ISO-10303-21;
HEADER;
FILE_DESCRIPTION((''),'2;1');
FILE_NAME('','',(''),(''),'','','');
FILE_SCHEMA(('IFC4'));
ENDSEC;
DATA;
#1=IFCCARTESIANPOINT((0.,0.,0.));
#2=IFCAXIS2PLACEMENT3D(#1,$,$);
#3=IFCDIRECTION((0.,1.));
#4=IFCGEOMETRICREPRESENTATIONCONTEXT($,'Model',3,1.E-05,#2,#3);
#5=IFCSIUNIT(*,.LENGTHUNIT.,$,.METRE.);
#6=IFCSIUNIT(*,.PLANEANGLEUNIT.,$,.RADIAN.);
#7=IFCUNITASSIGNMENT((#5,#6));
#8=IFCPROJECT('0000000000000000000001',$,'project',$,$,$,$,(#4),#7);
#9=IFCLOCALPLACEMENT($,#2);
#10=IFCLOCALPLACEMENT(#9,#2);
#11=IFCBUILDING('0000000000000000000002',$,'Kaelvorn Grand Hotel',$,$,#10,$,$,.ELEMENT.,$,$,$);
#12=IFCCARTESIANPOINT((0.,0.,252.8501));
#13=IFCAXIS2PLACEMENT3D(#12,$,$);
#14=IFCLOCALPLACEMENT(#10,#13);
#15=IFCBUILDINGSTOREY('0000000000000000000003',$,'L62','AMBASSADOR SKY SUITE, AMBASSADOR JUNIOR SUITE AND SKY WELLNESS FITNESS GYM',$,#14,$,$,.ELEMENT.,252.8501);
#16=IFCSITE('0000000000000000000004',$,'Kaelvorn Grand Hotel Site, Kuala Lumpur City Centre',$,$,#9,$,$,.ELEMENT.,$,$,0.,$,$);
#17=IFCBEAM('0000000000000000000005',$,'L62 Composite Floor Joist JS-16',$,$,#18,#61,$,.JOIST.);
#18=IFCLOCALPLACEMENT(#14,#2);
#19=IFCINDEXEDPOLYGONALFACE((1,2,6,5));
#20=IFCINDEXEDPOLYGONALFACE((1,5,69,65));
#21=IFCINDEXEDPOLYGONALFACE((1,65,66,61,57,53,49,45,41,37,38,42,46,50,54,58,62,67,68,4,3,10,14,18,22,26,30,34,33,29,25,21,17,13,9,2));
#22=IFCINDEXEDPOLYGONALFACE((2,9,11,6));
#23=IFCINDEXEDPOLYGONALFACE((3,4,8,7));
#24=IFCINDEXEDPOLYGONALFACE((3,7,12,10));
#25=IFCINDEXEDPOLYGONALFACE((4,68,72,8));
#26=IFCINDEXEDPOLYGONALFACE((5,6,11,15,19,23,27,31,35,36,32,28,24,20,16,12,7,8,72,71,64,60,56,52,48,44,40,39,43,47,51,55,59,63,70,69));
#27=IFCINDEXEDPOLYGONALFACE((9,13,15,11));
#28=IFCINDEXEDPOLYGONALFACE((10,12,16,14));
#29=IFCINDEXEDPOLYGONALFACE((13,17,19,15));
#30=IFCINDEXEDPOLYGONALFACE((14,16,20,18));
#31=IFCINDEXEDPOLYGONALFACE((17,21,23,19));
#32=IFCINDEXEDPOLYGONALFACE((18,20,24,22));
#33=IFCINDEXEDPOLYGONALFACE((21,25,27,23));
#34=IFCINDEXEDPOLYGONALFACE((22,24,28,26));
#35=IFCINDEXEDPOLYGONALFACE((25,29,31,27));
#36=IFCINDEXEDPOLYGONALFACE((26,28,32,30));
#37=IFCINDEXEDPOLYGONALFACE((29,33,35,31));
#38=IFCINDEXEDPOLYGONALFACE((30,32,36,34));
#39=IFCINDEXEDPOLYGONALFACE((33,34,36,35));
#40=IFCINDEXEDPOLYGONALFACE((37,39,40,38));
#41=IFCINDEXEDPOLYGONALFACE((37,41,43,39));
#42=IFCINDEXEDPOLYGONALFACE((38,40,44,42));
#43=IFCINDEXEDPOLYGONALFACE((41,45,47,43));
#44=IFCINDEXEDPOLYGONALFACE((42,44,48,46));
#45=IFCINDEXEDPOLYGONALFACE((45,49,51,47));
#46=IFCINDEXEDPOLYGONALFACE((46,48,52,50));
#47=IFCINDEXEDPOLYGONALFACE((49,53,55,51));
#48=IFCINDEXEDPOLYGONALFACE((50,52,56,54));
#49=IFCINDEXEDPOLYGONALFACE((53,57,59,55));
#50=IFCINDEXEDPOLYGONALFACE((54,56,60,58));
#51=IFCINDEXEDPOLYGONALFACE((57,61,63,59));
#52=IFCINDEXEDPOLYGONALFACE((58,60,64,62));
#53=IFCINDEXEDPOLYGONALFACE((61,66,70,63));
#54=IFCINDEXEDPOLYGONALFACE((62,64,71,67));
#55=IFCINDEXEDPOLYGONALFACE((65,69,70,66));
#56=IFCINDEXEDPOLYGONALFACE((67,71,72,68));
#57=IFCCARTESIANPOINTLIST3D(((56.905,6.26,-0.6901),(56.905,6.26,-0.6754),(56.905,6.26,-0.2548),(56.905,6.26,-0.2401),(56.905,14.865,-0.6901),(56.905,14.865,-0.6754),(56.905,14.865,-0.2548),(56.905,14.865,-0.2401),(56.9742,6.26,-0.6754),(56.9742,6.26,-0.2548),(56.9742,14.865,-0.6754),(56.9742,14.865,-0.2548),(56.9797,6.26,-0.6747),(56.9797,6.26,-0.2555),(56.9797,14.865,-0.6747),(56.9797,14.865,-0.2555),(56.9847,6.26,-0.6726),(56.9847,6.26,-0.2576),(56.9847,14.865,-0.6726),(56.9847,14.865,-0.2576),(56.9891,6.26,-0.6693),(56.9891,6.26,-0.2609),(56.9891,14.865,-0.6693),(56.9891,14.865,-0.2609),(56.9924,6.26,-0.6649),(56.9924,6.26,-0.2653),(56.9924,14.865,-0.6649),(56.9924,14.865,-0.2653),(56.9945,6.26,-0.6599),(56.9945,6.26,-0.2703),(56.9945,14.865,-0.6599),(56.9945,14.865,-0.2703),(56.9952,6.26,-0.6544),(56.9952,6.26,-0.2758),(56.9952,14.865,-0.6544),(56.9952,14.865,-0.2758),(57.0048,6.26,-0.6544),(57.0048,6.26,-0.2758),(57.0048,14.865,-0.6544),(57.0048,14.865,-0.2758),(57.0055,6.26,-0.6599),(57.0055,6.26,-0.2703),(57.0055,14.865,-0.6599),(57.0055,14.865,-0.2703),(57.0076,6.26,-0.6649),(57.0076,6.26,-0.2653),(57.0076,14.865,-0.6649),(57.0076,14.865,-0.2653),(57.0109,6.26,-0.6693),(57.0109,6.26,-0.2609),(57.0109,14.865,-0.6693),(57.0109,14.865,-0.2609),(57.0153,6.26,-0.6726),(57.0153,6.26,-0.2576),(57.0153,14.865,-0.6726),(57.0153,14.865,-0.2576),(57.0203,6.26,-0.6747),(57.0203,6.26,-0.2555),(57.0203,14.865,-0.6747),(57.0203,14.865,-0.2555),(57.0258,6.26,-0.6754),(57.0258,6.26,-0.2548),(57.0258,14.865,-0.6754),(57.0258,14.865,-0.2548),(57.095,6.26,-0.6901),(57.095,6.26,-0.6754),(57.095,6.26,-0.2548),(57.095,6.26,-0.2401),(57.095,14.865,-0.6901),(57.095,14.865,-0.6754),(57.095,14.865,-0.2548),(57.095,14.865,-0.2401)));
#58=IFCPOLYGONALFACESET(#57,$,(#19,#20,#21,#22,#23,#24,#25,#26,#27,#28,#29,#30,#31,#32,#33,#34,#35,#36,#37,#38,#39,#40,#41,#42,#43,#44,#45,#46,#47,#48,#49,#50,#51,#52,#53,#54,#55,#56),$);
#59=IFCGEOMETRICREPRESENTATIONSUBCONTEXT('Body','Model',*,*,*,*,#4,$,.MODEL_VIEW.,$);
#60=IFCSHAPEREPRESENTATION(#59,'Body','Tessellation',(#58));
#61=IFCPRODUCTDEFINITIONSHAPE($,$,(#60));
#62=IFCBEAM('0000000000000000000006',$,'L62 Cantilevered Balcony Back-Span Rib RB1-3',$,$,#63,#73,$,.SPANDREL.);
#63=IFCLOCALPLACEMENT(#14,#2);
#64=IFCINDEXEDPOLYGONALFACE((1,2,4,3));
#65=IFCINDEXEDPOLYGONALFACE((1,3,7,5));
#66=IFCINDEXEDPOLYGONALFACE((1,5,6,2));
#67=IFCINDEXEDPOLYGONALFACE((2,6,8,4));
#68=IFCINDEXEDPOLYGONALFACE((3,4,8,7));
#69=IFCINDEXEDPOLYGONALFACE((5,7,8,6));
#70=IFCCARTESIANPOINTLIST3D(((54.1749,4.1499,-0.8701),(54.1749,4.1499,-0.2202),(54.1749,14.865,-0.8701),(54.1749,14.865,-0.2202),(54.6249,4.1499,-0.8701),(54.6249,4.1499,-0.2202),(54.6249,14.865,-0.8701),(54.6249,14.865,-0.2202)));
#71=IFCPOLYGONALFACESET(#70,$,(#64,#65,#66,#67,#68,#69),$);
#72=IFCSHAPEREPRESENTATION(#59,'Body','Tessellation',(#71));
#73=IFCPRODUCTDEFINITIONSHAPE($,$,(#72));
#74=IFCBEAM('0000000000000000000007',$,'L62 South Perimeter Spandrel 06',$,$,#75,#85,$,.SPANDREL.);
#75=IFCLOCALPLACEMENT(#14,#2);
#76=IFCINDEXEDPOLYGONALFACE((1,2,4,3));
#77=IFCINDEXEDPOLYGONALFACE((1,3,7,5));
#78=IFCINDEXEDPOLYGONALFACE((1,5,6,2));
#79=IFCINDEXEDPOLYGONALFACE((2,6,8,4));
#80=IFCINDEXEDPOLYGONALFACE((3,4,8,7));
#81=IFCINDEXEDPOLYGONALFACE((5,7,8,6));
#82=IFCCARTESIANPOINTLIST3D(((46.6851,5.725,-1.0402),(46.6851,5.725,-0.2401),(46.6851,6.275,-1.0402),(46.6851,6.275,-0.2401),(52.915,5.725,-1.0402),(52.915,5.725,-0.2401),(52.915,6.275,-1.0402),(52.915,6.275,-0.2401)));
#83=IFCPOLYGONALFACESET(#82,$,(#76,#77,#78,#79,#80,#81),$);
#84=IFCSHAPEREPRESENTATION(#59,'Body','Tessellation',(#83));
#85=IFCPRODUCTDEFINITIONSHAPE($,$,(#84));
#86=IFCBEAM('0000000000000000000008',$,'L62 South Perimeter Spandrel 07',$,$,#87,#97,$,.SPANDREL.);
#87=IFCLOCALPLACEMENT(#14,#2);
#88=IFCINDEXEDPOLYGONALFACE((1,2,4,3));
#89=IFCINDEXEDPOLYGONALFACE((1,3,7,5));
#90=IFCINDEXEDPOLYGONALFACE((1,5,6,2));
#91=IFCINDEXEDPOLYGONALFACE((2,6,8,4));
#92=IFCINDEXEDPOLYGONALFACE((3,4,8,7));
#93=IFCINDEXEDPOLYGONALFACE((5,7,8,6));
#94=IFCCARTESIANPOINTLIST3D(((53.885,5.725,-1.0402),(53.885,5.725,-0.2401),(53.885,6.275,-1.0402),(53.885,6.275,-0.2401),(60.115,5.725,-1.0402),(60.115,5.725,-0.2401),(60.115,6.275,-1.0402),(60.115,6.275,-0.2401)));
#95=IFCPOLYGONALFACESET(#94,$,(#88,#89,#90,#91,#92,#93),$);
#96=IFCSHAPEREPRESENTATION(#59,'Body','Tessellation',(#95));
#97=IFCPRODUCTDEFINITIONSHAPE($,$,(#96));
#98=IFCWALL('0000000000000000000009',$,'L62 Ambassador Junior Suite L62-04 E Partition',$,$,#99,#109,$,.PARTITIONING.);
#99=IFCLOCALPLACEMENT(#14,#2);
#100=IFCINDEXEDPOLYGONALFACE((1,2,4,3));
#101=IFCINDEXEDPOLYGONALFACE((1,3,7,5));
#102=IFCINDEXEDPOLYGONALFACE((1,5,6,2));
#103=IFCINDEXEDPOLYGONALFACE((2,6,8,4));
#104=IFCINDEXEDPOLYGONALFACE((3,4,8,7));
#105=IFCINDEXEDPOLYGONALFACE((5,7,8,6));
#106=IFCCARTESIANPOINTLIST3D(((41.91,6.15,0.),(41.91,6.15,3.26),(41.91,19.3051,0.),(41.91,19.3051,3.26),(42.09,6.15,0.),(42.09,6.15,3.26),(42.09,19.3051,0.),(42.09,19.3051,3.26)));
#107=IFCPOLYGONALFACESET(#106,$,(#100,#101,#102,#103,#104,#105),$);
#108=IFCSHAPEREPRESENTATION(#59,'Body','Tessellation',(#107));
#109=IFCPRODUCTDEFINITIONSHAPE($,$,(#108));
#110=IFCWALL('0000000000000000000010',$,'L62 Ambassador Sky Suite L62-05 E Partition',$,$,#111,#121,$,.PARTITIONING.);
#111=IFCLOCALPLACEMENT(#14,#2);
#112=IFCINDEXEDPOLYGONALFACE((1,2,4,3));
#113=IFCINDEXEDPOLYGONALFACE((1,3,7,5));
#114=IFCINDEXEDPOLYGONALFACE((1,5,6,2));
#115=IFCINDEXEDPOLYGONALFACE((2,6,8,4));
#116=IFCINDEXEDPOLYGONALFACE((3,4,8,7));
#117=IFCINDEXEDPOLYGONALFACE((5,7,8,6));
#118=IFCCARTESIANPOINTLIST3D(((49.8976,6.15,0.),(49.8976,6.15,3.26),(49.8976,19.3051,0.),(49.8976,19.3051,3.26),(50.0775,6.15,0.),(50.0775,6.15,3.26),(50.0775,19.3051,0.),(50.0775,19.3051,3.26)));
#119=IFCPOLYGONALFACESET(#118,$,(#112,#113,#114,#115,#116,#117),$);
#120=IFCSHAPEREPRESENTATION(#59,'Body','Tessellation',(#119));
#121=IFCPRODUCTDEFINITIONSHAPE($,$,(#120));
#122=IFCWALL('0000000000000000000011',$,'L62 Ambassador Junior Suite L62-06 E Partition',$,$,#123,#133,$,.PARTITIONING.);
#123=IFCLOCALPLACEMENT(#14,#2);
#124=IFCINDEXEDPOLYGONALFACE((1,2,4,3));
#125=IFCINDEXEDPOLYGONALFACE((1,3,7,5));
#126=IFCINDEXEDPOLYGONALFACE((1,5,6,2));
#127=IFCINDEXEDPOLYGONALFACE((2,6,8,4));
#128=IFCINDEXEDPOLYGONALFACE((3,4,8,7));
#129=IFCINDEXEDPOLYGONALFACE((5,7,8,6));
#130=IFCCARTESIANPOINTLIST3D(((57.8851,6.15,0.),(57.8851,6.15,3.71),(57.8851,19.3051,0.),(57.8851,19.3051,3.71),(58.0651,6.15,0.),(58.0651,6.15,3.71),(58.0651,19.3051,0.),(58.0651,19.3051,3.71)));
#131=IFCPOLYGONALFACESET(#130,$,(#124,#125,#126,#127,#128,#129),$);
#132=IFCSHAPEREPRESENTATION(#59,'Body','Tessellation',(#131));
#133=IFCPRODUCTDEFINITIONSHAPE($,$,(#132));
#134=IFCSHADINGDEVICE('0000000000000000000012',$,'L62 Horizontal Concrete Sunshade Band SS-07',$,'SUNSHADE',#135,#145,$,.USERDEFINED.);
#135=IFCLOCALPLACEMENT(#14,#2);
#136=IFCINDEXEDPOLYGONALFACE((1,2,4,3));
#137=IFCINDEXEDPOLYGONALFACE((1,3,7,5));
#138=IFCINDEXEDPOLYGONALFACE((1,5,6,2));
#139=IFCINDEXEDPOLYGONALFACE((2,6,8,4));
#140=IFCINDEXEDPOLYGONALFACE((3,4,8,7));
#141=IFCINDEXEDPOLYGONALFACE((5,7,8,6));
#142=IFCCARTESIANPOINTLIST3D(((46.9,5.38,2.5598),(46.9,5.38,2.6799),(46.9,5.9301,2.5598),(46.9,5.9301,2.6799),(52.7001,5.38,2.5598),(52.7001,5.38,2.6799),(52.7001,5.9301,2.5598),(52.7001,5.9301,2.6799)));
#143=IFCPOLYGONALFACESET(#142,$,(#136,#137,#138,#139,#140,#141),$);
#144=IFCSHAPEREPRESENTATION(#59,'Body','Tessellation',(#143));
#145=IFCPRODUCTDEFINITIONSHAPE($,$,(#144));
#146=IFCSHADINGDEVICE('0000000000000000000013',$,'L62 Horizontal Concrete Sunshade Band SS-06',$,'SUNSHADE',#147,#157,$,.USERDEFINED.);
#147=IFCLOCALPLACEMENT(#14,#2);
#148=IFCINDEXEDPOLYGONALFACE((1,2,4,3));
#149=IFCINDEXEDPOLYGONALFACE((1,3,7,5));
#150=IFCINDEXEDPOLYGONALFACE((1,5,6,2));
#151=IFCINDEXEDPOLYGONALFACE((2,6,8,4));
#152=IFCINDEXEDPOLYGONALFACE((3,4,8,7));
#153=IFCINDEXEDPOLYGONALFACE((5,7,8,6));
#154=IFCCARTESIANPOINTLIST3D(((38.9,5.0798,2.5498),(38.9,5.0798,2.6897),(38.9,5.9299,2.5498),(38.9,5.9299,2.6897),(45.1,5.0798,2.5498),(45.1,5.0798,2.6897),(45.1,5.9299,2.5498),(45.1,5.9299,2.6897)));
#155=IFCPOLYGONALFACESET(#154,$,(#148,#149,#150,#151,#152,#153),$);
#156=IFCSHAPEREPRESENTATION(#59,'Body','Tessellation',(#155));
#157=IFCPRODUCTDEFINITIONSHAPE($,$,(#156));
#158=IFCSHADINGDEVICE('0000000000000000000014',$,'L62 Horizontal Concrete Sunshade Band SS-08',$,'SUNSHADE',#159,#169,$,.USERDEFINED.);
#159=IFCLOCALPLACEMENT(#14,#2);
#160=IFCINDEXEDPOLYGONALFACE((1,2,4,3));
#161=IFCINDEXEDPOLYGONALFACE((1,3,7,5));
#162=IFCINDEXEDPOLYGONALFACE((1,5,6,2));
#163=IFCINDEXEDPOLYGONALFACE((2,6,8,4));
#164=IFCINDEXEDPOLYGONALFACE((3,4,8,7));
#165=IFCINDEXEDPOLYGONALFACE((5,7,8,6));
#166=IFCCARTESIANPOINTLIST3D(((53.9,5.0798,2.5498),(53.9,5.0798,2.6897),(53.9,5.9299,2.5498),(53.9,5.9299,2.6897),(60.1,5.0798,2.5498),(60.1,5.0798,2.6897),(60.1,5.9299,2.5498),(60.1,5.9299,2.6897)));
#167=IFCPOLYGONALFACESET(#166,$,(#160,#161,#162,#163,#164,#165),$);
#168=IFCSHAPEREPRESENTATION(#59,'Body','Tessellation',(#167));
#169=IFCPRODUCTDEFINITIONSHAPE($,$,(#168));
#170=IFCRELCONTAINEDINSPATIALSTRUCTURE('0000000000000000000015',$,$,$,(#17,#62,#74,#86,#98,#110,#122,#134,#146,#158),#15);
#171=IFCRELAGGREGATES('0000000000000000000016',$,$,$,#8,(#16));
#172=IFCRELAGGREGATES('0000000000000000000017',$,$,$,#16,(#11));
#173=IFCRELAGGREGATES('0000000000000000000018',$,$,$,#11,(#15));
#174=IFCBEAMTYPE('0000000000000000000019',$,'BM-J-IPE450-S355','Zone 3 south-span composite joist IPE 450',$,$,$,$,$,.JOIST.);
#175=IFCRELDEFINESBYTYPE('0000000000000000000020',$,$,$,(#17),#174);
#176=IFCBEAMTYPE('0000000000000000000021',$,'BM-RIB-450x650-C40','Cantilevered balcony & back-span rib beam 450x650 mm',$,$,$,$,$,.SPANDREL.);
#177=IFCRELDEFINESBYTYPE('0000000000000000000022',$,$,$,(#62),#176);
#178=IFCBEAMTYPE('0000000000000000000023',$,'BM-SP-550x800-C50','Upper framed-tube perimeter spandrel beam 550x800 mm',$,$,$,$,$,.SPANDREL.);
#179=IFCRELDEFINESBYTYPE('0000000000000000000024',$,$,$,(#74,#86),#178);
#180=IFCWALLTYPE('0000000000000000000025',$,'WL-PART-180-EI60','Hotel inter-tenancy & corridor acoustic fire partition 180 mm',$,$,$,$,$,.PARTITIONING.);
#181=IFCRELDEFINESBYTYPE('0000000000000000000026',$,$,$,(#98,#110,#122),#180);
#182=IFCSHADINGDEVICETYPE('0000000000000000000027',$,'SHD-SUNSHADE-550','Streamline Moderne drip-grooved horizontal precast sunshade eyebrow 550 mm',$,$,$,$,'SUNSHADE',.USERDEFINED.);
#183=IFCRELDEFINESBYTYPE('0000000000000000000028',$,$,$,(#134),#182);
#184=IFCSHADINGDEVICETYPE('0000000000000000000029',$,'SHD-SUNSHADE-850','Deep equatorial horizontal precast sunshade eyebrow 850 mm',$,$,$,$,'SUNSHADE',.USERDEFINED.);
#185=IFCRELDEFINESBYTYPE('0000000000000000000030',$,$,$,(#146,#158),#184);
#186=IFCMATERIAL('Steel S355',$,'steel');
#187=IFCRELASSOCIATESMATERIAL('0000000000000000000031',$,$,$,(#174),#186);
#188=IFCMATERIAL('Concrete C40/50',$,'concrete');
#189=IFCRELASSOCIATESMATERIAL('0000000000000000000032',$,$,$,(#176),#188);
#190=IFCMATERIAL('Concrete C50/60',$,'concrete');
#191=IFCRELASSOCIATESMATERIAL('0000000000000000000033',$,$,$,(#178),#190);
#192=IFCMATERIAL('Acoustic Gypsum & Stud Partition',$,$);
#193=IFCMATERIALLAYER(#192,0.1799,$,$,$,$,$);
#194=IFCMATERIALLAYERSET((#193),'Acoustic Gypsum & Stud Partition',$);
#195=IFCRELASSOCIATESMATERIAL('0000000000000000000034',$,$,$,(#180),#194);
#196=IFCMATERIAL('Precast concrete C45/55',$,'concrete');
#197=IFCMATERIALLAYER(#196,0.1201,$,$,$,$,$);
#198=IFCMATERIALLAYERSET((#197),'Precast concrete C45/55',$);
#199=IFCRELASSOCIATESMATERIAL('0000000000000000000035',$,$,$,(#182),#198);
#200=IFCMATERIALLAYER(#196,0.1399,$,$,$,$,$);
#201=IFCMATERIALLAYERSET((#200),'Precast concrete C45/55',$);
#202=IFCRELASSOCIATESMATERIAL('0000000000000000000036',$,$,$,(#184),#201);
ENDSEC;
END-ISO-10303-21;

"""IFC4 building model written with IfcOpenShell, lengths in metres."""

from ifc_helpers import new_model, si_unit, direction, frame, frame_2d, origin, origin_2d, place, context, subcontext, project, spatial, rectangle, i_section, extrude, material, layer, layer_set, material_profile, profile_set, type_object, element, save


model = new_model("IFC4")

# Units and contexts
model_context = context("Model", 3, precision=1e-05, world=origin(), true_north=direction((0.0, 1.0)))
body_context = subcontext(model_context, "Body", "Model", "MODEL_VIEW")
ifc_project = project(units=[si_unit("LENGTHUNIT", "METRE"), si_unit("PLANEANGLEUNIT", "RADIAN")], contexts=[model_context])

# Site, building, storey
site_placement = place(None, origin())
site = spatial("IfcSite", under=ifc_project, at=site_placement, Name="Kaelvorn Grand Hotel Site, Kuala Lumpur City Centre", CompositionType="ELEMENT", RefElevation=0.0)
building_placement = place(site_placement, origin())
building = spatial("IfcBuilding", under=site, at=building_placement, Name="Kaelvorn Grand Hotel", CompositionType="ELEMENT")
storey_placement = place(building_placement, frame((0.0, 0.0, 252.8501)))
storey = spatial("IfcBuildingStorey", under=building, at=storey_placement, Name="L62", Description="AMBASSADOR SKY SUITE, AMBASSADOR JUNIOR SUITE AND SKY WELLNESS FITNESS GYM", CompositionType="ELEMENT", Elevation=252.8501)

# Shared definitions
ifc_material_1 = material(Name="Concrete C50/60", Category="concrete")

# Beams
ifc_material_2 = material(Name="Steel S355", Category="steel")
ifc_material_profile_1 = material_profile(ifc_material_2, i_section(OverallWidth=0.1899, OverallDepth=0.45, WebThickness=0.0095, FlangeThickness=0.0146, FilletRadius=0.021, at=origin_2d()), Name="IPE 450")
ifc_profile_set_1 = profile_set([ifc_material_profile_1], Name="Steel S355")
beam_type_1 = type_object("IfcBeamType", Name="BM-J-IPE450-S355", Description="Zone 3 south-span composite joist IPE 450", PredefinedType="JOIST", material=ifc_profile_set_1)
beam_1_placement = place(storey_placement, frame((57.0, 6.26, -0.4651), z_axis=(0.0, 1.0, 0.0), x_axis=(-1.0, 0.0, 0.0)))
element("IfcBeam", 1, at=beam_1_placement, inside=storey, type_object=beam_type_1, Name="L62 Composite Floor Joist JS-16", PredefinedType="JOIST", context=body_context, shape_type="SweptSolid", body=[
    extrude(i_section(OverallWidth=0.1899, OverallDepth=0.45, WebThickness=0.0095, FlangeThickness=0.0146, FilletRadius=0.021, at=origin_2d()), origin(), (0.0, 0.0, 1.0), 8.605),
])
ifc_material_3 = material(Name="Concrete C40/50", Category="concrete")
ifc_material_profile_2 = material_profile(ifc_material_3, rectangle(XDim=0.45, YDim=0.6499, at=origin_2d()), Name="RC RIB 450x650")
ifc_profile_set_2 = profile_set([ifc_material_profile_2], Name="Concrete C40/50")
beam_type_2 = type_object("IfcBeamType", Name="BM-RIB-450x650-C40", Description="Cantilevered balcony & back-span rib beam 450x650 mm", PredefinedType="SPANDREL", material=ifc_profile_set_2)
beam_2_placement = place(storey_placement, frame((54.3999, 4.1499, -0.5452), z_axis=(0.0, 1.0, 0.0), x_axis=(-1.0, 0.0, 0.0)))
element("IfcBeam", 2, at=beam_2_placement, inside=storey, type_object=beam_type_2, Name="L62 Cantilevered Balcony Back-Span Rib RB1-3", PredefinedType="SPANDREL", context=body_context, shape_type="SweptSolid", body=[
    extrude(rectangle(XDim=0.45, YDim=0.6499, at=origin_2d()), origin(), (0.0, 0.0, 1.0), 10.7151),
])
ifc_material_profile_3 = material_profile(ifc_material_1, rectangle(XDim=0.55, YDim=0.8, at=origin_2d()), Name="RC SPANDREL 550x800")
ifc_profile_set_3 = profile_set([ifc_material_profile_3], Name="Concrete C50/60")
beam_type_3 = type_object("IfcBeamType", Name="BM-SP-550x800-C50", Description="Upper framed-tube perimeter spandrel beam 550x800 mm", PredefinedType="SPANDREL", material=ifc_profile_set_3)
for number, where, z_axis, x_axis, name in (
    (3, (46.6851, 6.0, -0.6401), (1.0, 0.0, 0.0), (0.0, 1.0, 0.0), "L62 South Perimeter Spandrel 06"),
    (4, (53.885, 6.0, -0.6401), (1.0, 0.0, 0.0), (0.0, 1.0, 0.0), "L62 South Perimeter Spandrel 07"),
):
    element("IfcBeam", number, at=place(storey_placement, frame(where, z_axis=z_axis, x_axis=x_axis)), inside=storey, type_object=beam_type_3, Name=name, PredefinedType="SPANDREL", context=body_context, shape_type="SweptSolid", body=[
        extrude(rectangle(XDim=0.55, YDim=0.8, at=origin_2d()), origin(), (0.0, 0.0, 1.0), 6.23),
    ])

# Walls
ifc_material_4 = material(Name="Acoustic Gypsum & Stud Partition")
ifc_layer_1 = layer(ifc_material_4, 0.1799)
ifc_layer_set_1 = layer_set([ifc_layer_1], Name="Acoustic Gypsum & Stud Partition")
wall_type = type_object("IfcWallType", Name="WL-PART-180-EI60", Description="Hotel inter-tenancy & corridor acoustic fire partition 180 mm", PredefinedType="PARTITIONING", material=ifc_layer_set_1)
for number, where, z_axis, x_axis, name in (
    (5, (42.0, 6.1499, 0.0), (0.0, 0.0, 1.0), (0.0, 1.0, 0.0), "L62 Ambassador Junior Suite L62-04 E Partition"),
    (6, (49.9875, 6.1499, 0.0), (0.0, 0.0, 1.0), (0.0, 1.0, 0.0), "L62 Ambassador Sky Suite L62-05 E Partition"),
):
    element("IfcWall", number, at=place(storey_placement, frame(where, z_axis=z_axis, x_axis=x_axis)), inside=storey, type_object=wall_type, Name=name, PredefinedType="PARTITIONING", context=body_context, shape_type="SweptSolid", body=[
        extrude(rectangle(XDim=13.155, YDim=0.1799, at=frame_2d((6.5776, 0.0))), origin(), (0.0, 0.0, 1.0), 3.26),
    ])
wall_placement = place(storey_placement, frame((57.9751, 6.1499, 0.0), z_axis=(0.0, 0.0, 1.0), x_axis=(0.0, 1.0, 0.0)))
element("IfcWall", 7, at=wall_placement, inside=storey, type_object=wall_type, Name="L62 Ambassador Junior Suite L62-06 E Partition", PredefinedType="PARTITIONING", context=body_context, shape_type="SweptSolid", body=[
    extrude(rectangle(XDim=13.155, YDim=0.1799, at=frame_2d((6.5776, 0.0))), origin(), (0.0, 0.0, 1.0), 3.71),
])

# Shading devices
ifc_material_5 = material(Name="Precast concrete C45/55", Category="concrete")
ifc_layer_2 = layer(ifc_material_5, 0.1201)
ifc_layer_set_2 = layer_set([ifc_layer_2], Name="Precast concrete C45/55")
shading_device_type_1 = type_object("IfcShadingDeviceType", Name="SHD-SUNSHADE-550", Description="Streamline Moderne drip-grooved horizontal precast sunshade eyebrow 550 mm", ElementType="SUNSHADE", PredefinedType="USERDEFINED", material=ifc_layer_set_2)
shading_device_placement = place(storey_placement, frame((49.8, 5.655, 2.5598), z_axis=(0.0, 0.0, 1.0), x_axis=(1.0, 0.0, 0.0)))
element("IfcShadingDevice", 8, at=shading_device_placement, inside=storey, type_object=shading_device_type_1, Name="L62 Horizontal Concrete Sunshade Band SS-07", ObjectType="SUNSHADE", PredefinedType="USERDEFINED", context=body_context, shape_type="SweptSolid", body=[
    extrude(rectangle(XDim=5.8, YDim=0.55, at=origin_2d()), origin(), (0.0, 0.0, 1.0), 0.1201),
])
ifc_layer_3 = layer(ifc_material_5, 0.1399)
ifc_layer_set_3 = layer_set([ifc_layer_3], Name="Precast concrete C45/55")
shading_device_type_2 = type_object("IfcShadingDeviceType", Name="SHD-SUNSHADE-850", Description="Deep equatorial horizontal precast sunshade eyebrow 850 mm", ElementType="SUNSHADE", PredefinedType="USERDEFINED", material=ifc_layer_set_3)
for number, where, z_axis, x_axis, name in (
    (9, (42.0, 5.5049, 2.5498), (0.0, 0.0, 1.0), (1.0, 0.0, 0.0), "L62 Horizontal Concrete Sunshade Band SS-06"),
    (10, (57.0, 5.5049, 2.5498), (0.0, 0.0, 1.0), (1.0, 0.0, 0.0), "L62 Horizontal Concrete Sunshade Band SS-08"),
):
    element("IfcShadingDevice", number, at=place(storey_placement, frame(where, z_axis=z_axis, x_axis=x_axis)), inside=storey, type_object=shading_device_type_2, Name=name, ObjectType="SUNSHADE", PredefinedType="USERDEFINED", context=body_context, shape_type="SweptSolid", body=[
        extrude(rectangle(XDim=6.2, YDim=0.8501, at=origin_2d()), origin(), (0.0, 0.0, 1.0), 0.1399),
    ])

save(model, "model.ifc")
